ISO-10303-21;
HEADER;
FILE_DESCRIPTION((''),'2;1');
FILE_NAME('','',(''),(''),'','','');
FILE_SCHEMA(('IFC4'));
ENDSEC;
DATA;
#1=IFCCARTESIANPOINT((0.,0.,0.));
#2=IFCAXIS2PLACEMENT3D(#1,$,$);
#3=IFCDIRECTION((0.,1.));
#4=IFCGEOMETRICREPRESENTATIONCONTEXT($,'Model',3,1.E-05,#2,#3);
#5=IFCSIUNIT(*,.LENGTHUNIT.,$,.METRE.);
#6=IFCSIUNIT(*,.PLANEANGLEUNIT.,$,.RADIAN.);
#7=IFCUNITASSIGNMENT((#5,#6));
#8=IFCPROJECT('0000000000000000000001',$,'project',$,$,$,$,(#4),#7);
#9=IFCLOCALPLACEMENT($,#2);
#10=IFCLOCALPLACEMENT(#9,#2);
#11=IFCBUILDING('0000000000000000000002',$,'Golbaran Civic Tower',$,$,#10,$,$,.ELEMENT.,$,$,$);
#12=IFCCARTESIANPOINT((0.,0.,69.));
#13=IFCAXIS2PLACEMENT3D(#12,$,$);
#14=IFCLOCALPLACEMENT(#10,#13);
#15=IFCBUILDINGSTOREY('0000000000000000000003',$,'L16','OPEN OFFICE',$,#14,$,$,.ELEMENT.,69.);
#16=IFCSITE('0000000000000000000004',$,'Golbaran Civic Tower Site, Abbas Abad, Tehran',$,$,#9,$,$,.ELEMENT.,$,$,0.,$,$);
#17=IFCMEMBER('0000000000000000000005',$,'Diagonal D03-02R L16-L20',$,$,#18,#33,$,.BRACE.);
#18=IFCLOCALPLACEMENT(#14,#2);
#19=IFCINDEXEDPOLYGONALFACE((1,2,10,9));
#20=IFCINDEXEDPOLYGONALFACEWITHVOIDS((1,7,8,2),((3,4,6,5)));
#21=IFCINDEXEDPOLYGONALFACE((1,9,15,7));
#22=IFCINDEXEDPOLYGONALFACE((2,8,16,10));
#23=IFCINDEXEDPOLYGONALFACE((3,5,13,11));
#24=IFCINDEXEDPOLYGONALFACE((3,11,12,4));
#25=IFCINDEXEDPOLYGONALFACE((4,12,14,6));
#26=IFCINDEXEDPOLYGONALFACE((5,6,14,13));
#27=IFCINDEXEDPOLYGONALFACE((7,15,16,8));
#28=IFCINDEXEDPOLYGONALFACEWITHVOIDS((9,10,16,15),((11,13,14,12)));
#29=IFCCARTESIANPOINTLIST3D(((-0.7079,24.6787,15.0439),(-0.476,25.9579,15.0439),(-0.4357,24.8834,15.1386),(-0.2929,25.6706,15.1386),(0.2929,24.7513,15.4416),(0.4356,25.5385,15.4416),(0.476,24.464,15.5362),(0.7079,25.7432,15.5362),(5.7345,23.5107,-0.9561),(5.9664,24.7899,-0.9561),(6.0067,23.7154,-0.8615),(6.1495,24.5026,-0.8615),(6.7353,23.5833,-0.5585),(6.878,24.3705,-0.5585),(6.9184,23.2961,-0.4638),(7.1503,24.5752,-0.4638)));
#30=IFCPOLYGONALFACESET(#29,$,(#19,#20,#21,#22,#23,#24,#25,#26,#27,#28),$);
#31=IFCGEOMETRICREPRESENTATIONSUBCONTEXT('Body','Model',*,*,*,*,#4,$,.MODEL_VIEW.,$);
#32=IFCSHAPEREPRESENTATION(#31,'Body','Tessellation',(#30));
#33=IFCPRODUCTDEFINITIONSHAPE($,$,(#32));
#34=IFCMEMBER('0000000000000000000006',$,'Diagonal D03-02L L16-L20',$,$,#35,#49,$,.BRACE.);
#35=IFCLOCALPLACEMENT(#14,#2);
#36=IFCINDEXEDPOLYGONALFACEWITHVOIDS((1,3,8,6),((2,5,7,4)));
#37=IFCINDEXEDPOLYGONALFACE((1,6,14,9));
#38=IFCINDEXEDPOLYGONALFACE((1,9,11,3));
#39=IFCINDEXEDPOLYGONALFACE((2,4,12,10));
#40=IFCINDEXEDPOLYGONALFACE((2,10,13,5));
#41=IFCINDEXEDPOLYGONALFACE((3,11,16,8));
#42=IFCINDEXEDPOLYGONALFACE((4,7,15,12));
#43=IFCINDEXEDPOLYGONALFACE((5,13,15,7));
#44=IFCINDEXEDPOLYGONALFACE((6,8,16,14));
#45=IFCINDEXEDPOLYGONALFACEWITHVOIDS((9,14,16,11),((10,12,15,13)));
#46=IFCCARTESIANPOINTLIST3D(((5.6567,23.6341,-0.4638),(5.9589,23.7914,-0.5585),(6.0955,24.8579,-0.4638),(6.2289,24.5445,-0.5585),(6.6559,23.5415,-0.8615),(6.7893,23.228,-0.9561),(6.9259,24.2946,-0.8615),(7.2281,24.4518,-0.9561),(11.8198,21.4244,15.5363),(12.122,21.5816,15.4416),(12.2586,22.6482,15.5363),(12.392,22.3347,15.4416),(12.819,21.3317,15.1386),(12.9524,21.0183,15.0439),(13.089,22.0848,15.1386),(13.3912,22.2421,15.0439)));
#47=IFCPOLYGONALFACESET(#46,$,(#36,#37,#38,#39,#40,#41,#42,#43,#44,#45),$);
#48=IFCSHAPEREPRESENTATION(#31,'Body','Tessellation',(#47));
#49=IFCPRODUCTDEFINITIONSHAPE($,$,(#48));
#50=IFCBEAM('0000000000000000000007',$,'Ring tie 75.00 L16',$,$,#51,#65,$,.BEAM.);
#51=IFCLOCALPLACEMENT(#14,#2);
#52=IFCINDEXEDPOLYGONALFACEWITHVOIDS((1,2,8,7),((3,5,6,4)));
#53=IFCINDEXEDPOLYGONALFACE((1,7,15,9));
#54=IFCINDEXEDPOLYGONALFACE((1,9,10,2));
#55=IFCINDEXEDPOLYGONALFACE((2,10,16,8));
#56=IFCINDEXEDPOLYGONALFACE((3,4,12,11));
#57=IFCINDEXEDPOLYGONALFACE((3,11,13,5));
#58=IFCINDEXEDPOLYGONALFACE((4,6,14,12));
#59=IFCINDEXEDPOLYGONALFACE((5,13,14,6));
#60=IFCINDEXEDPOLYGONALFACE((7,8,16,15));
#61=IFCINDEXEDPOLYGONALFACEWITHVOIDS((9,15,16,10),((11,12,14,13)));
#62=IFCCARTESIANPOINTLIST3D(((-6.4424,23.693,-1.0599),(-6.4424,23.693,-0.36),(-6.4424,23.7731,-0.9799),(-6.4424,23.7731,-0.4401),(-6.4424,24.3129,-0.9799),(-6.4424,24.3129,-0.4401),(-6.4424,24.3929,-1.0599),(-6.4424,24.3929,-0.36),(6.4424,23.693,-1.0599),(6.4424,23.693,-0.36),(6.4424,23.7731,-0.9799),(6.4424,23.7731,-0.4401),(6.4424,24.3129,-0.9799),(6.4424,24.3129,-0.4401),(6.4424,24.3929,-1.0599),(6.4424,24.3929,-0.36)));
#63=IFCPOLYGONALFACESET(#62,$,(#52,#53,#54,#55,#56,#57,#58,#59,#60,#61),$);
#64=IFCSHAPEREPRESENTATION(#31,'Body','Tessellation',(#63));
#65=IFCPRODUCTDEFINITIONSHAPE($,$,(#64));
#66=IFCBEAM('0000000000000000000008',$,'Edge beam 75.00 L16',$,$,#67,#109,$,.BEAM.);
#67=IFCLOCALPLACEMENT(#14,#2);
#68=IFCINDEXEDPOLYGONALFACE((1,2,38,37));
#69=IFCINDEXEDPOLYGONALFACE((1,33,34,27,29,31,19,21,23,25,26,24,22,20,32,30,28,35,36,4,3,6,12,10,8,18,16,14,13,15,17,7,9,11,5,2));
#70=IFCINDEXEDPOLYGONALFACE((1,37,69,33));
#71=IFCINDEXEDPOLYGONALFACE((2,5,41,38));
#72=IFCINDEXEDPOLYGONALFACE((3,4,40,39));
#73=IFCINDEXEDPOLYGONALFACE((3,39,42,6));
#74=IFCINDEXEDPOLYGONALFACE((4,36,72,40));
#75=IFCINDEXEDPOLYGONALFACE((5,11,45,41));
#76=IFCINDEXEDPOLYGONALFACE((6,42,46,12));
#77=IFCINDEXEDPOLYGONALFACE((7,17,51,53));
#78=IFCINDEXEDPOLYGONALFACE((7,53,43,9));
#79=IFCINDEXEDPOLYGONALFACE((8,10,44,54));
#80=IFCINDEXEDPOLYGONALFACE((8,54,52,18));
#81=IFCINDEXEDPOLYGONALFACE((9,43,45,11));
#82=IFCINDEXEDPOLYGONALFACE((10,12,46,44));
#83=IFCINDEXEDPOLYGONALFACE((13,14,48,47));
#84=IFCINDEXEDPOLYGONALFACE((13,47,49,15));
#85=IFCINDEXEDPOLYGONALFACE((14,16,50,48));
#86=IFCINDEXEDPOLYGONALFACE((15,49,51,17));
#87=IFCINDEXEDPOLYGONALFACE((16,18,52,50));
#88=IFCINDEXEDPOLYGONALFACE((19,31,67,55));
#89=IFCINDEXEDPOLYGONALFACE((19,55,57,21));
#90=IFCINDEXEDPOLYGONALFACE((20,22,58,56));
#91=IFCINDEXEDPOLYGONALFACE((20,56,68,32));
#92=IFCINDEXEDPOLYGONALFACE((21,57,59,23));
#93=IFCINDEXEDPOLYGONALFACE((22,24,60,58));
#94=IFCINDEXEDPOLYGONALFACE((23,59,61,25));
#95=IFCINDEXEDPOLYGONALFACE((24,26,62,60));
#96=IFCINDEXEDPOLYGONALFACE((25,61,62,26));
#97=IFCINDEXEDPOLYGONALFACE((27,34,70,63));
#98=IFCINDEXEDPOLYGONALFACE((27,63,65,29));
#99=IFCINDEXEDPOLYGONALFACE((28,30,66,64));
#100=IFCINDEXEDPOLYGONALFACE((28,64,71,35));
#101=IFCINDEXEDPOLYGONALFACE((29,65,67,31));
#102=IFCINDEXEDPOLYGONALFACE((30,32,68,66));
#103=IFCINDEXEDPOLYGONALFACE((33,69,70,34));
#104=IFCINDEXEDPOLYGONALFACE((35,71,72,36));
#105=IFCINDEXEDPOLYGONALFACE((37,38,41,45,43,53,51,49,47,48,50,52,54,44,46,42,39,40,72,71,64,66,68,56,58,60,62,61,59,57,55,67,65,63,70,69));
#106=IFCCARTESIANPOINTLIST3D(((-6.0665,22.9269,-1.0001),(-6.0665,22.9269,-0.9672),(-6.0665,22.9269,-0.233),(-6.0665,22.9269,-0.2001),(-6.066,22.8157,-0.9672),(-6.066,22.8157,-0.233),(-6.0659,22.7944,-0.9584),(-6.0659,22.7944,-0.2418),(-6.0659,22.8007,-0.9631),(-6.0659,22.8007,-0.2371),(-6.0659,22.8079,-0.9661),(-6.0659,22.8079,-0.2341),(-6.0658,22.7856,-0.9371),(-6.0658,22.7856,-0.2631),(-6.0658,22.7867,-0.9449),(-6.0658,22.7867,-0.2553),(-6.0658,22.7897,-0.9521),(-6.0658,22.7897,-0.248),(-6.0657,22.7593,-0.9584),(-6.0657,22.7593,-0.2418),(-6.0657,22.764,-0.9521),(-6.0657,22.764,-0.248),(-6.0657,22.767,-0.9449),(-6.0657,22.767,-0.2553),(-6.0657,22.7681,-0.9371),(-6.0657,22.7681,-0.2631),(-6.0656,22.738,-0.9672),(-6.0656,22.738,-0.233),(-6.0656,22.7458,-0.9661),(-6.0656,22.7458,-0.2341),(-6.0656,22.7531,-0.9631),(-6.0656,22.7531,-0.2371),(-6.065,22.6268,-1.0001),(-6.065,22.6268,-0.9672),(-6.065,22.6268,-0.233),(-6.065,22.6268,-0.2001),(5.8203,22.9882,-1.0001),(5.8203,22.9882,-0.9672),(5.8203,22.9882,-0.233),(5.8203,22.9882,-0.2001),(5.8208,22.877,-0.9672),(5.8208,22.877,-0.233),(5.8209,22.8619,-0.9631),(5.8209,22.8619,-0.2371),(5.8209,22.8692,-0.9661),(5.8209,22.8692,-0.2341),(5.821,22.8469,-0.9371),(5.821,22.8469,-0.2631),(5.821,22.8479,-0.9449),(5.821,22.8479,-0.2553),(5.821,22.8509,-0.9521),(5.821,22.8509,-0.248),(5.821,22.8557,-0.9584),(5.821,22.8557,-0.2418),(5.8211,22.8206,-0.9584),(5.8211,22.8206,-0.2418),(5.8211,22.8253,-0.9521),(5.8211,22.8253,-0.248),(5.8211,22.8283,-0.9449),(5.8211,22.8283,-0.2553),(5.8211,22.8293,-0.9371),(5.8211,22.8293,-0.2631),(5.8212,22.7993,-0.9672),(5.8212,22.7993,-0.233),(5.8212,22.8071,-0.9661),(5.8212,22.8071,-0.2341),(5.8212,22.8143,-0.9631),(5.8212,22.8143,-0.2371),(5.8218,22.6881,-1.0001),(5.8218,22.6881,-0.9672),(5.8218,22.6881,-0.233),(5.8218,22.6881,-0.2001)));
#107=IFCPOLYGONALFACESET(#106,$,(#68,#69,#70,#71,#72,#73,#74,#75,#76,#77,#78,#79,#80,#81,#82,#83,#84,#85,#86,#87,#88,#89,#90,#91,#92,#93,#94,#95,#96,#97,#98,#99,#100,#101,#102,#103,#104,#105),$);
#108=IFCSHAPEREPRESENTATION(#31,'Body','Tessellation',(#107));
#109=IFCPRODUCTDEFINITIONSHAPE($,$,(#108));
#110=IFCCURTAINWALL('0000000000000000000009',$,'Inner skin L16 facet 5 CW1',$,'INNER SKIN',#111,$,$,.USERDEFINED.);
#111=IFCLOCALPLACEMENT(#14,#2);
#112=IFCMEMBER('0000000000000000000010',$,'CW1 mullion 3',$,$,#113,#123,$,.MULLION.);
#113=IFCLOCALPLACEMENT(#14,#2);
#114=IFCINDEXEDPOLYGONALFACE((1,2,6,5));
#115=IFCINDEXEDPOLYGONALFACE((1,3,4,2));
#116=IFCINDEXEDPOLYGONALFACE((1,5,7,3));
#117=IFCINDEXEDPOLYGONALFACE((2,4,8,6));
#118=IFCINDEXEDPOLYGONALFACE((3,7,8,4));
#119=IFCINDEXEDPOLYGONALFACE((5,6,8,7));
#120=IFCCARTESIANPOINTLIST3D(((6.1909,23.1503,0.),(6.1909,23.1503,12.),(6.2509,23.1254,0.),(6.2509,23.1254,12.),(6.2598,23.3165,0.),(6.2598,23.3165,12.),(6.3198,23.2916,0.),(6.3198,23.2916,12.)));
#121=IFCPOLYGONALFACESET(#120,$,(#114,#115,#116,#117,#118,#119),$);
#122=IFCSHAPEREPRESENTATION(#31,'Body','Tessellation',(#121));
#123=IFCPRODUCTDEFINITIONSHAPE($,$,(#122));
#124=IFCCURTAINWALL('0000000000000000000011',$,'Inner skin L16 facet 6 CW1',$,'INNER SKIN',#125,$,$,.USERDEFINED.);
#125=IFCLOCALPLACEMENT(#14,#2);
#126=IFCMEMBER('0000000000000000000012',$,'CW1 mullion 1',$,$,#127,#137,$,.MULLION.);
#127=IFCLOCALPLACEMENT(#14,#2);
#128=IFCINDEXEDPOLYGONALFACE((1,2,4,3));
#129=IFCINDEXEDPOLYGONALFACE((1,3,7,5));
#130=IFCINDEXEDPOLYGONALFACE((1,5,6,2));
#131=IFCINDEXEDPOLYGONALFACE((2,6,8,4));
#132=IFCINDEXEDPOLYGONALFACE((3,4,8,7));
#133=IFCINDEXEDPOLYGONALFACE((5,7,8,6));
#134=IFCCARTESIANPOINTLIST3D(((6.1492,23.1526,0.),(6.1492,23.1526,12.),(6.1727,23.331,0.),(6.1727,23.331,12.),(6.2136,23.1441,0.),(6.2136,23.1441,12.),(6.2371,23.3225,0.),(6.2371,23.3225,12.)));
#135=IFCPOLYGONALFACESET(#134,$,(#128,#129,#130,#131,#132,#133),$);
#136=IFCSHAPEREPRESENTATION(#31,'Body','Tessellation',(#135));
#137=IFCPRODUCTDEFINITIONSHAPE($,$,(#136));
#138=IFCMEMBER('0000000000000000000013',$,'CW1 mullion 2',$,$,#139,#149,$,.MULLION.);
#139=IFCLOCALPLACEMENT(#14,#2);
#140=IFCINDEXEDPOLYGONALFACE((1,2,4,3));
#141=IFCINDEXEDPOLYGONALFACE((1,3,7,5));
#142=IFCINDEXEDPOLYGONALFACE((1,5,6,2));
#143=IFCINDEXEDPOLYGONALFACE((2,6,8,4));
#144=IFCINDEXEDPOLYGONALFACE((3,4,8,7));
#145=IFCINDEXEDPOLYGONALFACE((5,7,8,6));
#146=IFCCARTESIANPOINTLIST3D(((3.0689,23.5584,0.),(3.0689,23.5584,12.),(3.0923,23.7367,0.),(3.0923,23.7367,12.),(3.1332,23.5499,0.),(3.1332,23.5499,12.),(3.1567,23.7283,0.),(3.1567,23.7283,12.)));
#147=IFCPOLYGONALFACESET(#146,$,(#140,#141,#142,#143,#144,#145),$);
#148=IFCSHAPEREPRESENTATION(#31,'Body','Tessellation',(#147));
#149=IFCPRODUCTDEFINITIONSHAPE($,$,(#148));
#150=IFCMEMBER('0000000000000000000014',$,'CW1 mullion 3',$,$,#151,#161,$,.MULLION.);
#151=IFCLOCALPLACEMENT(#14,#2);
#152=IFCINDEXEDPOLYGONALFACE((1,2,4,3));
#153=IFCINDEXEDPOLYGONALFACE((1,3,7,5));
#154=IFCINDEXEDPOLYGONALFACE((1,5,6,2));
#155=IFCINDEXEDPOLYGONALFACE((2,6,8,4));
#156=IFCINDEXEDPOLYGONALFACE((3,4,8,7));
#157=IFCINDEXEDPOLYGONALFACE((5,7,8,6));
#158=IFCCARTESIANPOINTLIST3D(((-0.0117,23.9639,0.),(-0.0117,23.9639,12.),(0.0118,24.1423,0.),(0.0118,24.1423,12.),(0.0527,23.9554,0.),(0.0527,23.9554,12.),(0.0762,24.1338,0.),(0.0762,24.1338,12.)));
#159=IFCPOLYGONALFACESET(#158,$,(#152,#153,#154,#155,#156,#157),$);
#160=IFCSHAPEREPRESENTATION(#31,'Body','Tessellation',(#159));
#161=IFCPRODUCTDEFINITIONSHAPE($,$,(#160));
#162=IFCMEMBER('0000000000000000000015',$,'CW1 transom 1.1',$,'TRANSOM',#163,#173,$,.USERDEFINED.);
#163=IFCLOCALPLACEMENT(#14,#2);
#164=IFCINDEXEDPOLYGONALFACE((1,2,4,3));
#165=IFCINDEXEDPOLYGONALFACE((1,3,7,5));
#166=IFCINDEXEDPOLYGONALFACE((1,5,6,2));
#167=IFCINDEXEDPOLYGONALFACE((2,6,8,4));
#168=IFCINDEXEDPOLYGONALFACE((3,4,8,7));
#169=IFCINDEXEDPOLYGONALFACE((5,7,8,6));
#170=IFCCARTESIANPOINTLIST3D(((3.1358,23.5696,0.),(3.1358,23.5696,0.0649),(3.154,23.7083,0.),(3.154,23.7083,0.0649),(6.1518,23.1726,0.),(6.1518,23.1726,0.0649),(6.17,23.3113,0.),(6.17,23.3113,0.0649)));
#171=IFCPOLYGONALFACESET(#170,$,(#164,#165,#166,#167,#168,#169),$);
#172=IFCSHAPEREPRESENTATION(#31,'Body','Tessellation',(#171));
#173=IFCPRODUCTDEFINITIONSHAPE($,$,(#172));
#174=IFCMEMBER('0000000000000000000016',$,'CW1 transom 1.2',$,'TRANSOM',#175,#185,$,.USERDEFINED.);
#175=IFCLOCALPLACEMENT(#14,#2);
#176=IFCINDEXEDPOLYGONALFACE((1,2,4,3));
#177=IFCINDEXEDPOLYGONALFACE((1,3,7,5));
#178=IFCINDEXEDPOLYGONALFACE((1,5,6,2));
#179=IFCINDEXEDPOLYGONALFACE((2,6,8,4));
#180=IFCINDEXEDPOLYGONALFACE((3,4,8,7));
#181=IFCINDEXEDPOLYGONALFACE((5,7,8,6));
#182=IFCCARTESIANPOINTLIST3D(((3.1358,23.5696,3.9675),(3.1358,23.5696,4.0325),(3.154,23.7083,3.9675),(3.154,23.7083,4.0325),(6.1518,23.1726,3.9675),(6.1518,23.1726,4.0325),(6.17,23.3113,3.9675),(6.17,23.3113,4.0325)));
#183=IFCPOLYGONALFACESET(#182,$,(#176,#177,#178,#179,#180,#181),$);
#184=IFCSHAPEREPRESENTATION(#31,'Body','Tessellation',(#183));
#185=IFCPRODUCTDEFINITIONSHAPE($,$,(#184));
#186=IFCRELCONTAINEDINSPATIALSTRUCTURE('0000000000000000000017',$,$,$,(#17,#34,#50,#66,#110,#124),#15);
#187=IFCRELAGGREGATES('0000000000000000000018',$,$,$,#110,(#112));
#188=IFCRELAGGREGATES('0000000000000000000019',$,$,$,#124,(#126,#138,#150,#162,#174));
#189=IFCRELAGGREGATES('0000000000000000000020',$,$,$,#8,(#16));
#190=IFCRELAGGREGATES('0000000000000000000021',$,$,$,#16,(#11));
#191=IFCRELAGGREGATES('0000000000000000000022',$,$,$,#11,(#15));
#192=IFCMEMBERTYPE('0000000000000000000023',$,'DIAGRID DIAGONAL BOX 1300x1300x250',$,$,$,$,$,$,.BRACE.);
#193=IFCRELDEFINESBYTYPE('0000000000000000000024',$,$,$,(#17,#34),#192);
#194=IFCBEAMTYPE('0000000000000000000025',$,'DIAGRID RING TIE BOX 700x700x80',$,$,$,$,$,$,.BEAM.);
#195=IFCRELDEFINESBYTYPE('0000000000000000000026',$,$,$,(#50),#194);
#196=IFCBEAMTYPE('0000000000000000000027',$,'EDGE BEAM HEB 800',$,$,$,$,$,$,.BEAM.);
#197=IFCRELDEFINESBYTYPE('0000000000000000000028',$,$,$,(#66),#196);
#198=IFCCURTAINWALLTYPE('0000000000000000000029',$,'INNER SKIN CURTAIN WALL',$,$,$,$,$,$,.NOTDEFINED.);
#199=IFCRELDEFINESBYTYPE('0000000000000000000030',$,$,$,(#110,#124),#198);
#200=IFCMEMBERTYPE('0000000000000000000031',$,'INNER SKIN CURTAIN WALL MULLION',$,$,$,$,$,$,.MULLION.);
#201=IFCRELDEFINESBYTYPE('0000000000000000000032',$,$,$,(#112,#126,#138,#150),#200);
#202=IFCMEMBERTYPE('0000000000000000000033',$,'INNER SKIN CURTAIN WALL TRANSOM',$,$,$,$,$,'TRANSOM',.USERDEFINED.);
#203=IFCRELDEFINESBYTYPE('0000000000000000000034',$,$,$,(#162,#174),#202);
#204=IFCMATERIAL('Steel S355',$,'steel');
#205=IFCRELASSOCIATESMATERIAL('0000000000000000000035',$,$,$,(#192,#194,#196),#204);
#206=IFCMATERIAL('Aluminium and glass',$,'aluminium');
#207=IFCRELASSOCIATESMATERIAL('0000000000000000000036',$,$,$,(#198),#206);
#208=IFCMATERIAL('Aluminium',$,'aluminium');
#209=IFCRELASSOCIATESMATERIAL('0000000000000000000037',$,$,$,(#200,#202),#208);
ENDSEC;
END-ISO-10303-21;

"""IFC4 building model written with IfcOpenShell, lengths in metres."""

from ifc_helpers import new_model, si_unit, direction, frame, origin, origin_2d, place, context, subcontext, project, spatial, rectangle, hollow_rectangle, i_section, extrude, material, material_profile, profile_set, type_object, element, aggregate, save


model = new_model("IFC4")

# Units and contexts
model_context = context("Model", 3, precision=1e-05, world=origin(), true_north=direction((0.0, 1.0)))
body_context = subcontext(model_context, "Body", "Model", "MODEL_VIEW")
ifc_project = project(units=[si_unit("LENGTHUNIT", "METRE"), si_unit("PLANEANGLEUNIT", "RADIAN")], contexts=[model_context])

# Site, building, storey
site_placement = place(None, origin())
site = spatial("IfcSite", under=ifc_project, at=site_placement, Name="Golbaran Civic Tower Site, Abbas Abad, Tehran", CompositionType="ELEMENT", RefElevation=0.0)
building_placement = place(site_placement, origin())
building = spatial("IfcBuilding", under=site, at=building_placement, Name="Golbaran Civic Tower", CompositionType="ELEMENT")
storey_placement = place(building_placement, frame((0.0, 0.0, 69.0)))
storey = spatial("IfcBuildingStorey", under=building, at=storey_placement, Name="L16", Description="OPEN OFFICE", CompositionType="ELEMENT", Elevation=69.0)

# Members
ifc_material_1 = material(Name="Steel S355", Category="steel")
ifc_material_profile_1 = material_profile(ifc_material_1, hollow_rectangle(XDim=1.3, YDim=1.3, WallThickness=0.25, at=origin_2d()), Name="BOX 1300x1300x250")
ifc_profile_set_1 = profile_set([ifc_material_profile_1], Name="Steel S355")
member_type_1 = type_object("IfcMemberType", Name="DIAGRID DIAGONAL BOX 1300x1300x250", PredefinedType="BRACE", material=ifc_profile_set_1)
for number, where, z_axis, x_axis, name in (
    (1, (6.4424, 24.043, -0.71), (-0.372655, 0.06756, 0.925508), (-0.178387, -0.98396, 0.0), "Diagonal D03-02R L16-L20"),
    (2, (6.4424, 24.043, -0.71), (0.3565, -0.12782, 0.925511), (0.337503, 0.941324, 0.0), "Diagonal D03-02L L16-L20"),
):
    element("IfcMember", number, at=place(storey_placement, frame(where, z_axis=z_axis, x_axis=x_axis)), inside=storey, type_object=member_type_1, Name=name, PredefinedType="BRACE", context=body_context, shape_type="SweptSolid", body=[
        extrude(hollow_rectangle(XDim=1.3, YDim=1.3, WallThickness=0.25, at=origin_2d()), origin(), (0.0, 0.0, 1.0), 17.2878),
    ])

# Beams
ifc_material_profile_2 = material_profile(ifc_material_1, hollow_rectangle(XDim=0.7, YDim=0.7, WallThickness=0.0801, at=origin_2d()), Name="BOX 700x700x80")
ifc_profile_set_2 = profile_set([ifc_material_profile_2], Name="Steel S355")
beam_type_1 = type_object("IfcBeamType", Name="DIAGRID RING TIE BOX 700x700x80", PredefinedType="BEAM", material=ifc_profile_set_2)
beam_1_placement = place(storey_placement, frame((6.4424, 24.043, -0.71), z_axis=(-1.0, 0.0, 0.0), x_axis=(0.0, -1.0, 0.0)))
element("IfcBeam", 3, at=beam_1_placement, inside=storey, type_object=beam_type_1, Name="Ring tie 75.00 L16", PredefinedType="BEAM", context=body_context, shape_type="SweptSolid", body=[
    extrude(hollow_rectangle(XDim=0.7, YDim=0.7, WallThickness=0.0801, at=origin_2d()), origin(), (0.0, 0.0, 1.0), 12.8848),
])
ifc_material_profile_3 = material_profile(ifc_material_1, i_section(OverallWidth=0.3, OverallDepth=0.8, WebThickness=0.0176, FlangeThickness=0.033, FilletRadius=0.03, at=origin_2d()), Name="HEB 800")
ifc_profile_set_3 = profile_set([ifc_material_profile_3], Name="Steel S355")
beam_type_2 = type_object("IfcBeamType", Name="EDGE BEAM HEB 800", PredefinedType="BEAM", material=ifc_profile_set_3)
beam_2_placement = place(storey_placement, frame((5.821, 22.8381, -0.6001), z_axis=(-0.999987, -0.005155, 0.0), x_axis=(0.005155, -0.999987, 0.0)))
element("IfcBeam", 4, at=beam_2_placement, inside=storey, type_object=beam_type_2, Name="Edge beam 75.00 L16", PredefinedType="BEAM", context=body_context, shape_type="SweptSolid", body=[
    extrude(i_section(OverallWidth=0.3, OverallDepth=0.8, WebThickness=0.0176, FlangeThickness=0.033, FilletRadius=0.03, at=origin_2d()), origin(), (0.0, 0.0, 1.0), 11.887),
])

# Curtain wall, member
ifc_material_2 = material(Name="Aluminium and glass", Category="aluminium")
curtain_wall_type_1 = type_object("IfcCurtainWallType", Name="INNER SKIN CURTAIN WALL", PredefinedType="NOTDEFINED", material=ifc_material_2)
curtain_wall_1_placement = place(storey_placement, origin())
curtain_wall_1 = element("IfcCurtainWall", 5, at=curtain_wall_1_placement, inside=storey, type_object=curtain_wall_type_1, Name="Inner skin L16 facet 5 CW1", ObjectType="INNER SKIN", PredefinedType="USERDEFINED")
ifc_material_3 = material(Name="Aluminium", Category="aluminium")
ifc_material_profile_4 = material_profile(ifc_material_3, rectangle(XDim=0.1799, YDim=0.0649, at=origin_2d()), Name="INNER SKIN CURTAIN WALL MULLION")
ifc_profile_set_4 = profile_set([ifc_material_profile_4], Name="Aluminium")
member_type_2 = type_object("IfcMemberType", Name="INNER SKIN CURTAIN WALL MULLION", PredefinedType="MULLION", material=ifc_profile_set_4)
member_1_placement = place(storey_placement, frame((6.2554, 23.2209, 0.0), z_axis=(0.0, 0.0, 1.0), x_axis=(-0.382683, -0.92388, 0.0)))
member_1 = element("IfcMember", 6, at=member_1_placement, type_object=member_type_2, Name="CW1 mullion 3", PredefinedType="MULLION", context=body_context, shape_type="SweptSolid", body=[
    extrude(rectangle(XDim=0.1799, YDim=0.0649, at=origin_2d()), origin(), (0.0, 0.0, 1.0), 12.0),
])

# Curtain wall, members
curtain_wall_2_placement = place(storey_placement, origin())
curtain_wall_2 = element("IfcCurtainWall", 7, at=curtain_wall_2_placement, inside=storey, type_object=curtain_wall_type_1, Name="Inner skin L16 facet 6 CW1", ObjectType="INNER SKIN", PredefinedType="USERDEFINED")
member_2_placement = place(storey_placement, frame((6.1931, 23.2375, 0.0), z_axis=(0.0, 0.0, 1.0), x_axis=(-0.130526, -0.991445, 0.0)))
member_2 = element("IfcMember", 8, at=member_2_placement, type_object=member_type_2, Name="CW1 mullion 1", PredefinedType="MULLION", context=body_context, shape_type="SweptSolid", body=[
    extrude(rectangle(XDim=0.1799, YDim=0.0649, at=origin_2d()), origin(), (0.0, 0.0, 1.0), 12.0),
])
member_3_placement = place(storey_placement, frame((3.1128, 23.6433, 0.0), z_axis=(0.0, 0.0, 1.0), x_axis=(-0.130526, -0.991445, 0.0)))
member_3 = element("IfcMember", 9, at=member_3_placement, type_object=member_type_2, Name="CW1 mullion 2", PredefinedType="MULLION", context=body_context, shape_type="SweptSolid", body=[
    extrude(rectangle(XDim=0.1799, YDim=0.0649, at=origin_2d()), origin(), (0.0, 0.0, 1.0), 12.0),
])
member_4_placement = place(storey_placement, frame((0.0322, 24.0488, 0.0), z_axis=(0.0, 0.0, 1.0), x_axis=(-0.130526, -0.991445, 0.0)))
member_4 = element("IfcMember", 10, at=member_4_placement, type_object=member_type_2, Name="CW1 mullion 3", PredefinedType="MULLION", context=body_context, shape_type="SweptSolid", body=[
    extrude(rectangle(XDim=0.1799, YDim=0.0649, at=origin_2d()), origin(), (0.0, 0.0, 1.0), 12.0),
])
ifc_material_profile_5 = material_profile(ifc_material_3, rectangle(XDim=0.1399, YDim=0.0649, at=origin_2d()), Name="INNER SKIN CURTAIN WALL TRANSOM")
ifc_profile_set_5 = profile_set([ifc_material_profile_5], Name="Aluminium")
member_type_3 = type_object("IfcMemberType", Name="INNER SKIN CURTAIN WALL TRANSOM", ElementType="TRANSOM", PredefinedType="USERDEFINED", material=ifc_profile_set_5)
member_5_placement = place(storey_placement, frame((6.1609, 23.2419, 0.0325), z_axis=(-0.991448, 0.130502, 0.0), x_axis=(-0.130502, -0.991448, 0.0)))
member_5 = element("IfcMember", 11, at=member_5_placement, type_object=member_type_3, Name="CW1 transom 1.1", ObjectType="TRANSOM", PredefinedType="USERDEFINED", context=body_context, shape_type="SweptSolid", body=[
    extrude(rectangle(XDim=0.1399, YDim=0.0649, at=origin_2d()), origin(), (0.0, 0.0, 1.0), 3.042),
])
member_6_placement = place(storey_placement, frame((6.1609, 23.2419, 4.0), z_axis=(-0.991448, 0.130502, 0.0), x_axis=(-0.130502, -0.991448, 0.0)))
member_6 = element("IfcMember", 12, at=member_6_placement, type_object=member_type_3, Name="CW1 transom 1.2", ObjectType="TRANSOM", PredefinedType="USERDEFINED", context=body_context, shape_type="SweptSolid", body=[
    extrude(rectangle(XDim=0.1399, YDim=0.0649, at=origin_2d()), origin(), (0.0, 0.0, 1.0), 3.042),
])

aggregate(curtain_wall_1, [member_1])
aggregate(curtain_wall_2, [member_2, member_3, member_4, member_5, member_6])

save(model, "model.ifc")
